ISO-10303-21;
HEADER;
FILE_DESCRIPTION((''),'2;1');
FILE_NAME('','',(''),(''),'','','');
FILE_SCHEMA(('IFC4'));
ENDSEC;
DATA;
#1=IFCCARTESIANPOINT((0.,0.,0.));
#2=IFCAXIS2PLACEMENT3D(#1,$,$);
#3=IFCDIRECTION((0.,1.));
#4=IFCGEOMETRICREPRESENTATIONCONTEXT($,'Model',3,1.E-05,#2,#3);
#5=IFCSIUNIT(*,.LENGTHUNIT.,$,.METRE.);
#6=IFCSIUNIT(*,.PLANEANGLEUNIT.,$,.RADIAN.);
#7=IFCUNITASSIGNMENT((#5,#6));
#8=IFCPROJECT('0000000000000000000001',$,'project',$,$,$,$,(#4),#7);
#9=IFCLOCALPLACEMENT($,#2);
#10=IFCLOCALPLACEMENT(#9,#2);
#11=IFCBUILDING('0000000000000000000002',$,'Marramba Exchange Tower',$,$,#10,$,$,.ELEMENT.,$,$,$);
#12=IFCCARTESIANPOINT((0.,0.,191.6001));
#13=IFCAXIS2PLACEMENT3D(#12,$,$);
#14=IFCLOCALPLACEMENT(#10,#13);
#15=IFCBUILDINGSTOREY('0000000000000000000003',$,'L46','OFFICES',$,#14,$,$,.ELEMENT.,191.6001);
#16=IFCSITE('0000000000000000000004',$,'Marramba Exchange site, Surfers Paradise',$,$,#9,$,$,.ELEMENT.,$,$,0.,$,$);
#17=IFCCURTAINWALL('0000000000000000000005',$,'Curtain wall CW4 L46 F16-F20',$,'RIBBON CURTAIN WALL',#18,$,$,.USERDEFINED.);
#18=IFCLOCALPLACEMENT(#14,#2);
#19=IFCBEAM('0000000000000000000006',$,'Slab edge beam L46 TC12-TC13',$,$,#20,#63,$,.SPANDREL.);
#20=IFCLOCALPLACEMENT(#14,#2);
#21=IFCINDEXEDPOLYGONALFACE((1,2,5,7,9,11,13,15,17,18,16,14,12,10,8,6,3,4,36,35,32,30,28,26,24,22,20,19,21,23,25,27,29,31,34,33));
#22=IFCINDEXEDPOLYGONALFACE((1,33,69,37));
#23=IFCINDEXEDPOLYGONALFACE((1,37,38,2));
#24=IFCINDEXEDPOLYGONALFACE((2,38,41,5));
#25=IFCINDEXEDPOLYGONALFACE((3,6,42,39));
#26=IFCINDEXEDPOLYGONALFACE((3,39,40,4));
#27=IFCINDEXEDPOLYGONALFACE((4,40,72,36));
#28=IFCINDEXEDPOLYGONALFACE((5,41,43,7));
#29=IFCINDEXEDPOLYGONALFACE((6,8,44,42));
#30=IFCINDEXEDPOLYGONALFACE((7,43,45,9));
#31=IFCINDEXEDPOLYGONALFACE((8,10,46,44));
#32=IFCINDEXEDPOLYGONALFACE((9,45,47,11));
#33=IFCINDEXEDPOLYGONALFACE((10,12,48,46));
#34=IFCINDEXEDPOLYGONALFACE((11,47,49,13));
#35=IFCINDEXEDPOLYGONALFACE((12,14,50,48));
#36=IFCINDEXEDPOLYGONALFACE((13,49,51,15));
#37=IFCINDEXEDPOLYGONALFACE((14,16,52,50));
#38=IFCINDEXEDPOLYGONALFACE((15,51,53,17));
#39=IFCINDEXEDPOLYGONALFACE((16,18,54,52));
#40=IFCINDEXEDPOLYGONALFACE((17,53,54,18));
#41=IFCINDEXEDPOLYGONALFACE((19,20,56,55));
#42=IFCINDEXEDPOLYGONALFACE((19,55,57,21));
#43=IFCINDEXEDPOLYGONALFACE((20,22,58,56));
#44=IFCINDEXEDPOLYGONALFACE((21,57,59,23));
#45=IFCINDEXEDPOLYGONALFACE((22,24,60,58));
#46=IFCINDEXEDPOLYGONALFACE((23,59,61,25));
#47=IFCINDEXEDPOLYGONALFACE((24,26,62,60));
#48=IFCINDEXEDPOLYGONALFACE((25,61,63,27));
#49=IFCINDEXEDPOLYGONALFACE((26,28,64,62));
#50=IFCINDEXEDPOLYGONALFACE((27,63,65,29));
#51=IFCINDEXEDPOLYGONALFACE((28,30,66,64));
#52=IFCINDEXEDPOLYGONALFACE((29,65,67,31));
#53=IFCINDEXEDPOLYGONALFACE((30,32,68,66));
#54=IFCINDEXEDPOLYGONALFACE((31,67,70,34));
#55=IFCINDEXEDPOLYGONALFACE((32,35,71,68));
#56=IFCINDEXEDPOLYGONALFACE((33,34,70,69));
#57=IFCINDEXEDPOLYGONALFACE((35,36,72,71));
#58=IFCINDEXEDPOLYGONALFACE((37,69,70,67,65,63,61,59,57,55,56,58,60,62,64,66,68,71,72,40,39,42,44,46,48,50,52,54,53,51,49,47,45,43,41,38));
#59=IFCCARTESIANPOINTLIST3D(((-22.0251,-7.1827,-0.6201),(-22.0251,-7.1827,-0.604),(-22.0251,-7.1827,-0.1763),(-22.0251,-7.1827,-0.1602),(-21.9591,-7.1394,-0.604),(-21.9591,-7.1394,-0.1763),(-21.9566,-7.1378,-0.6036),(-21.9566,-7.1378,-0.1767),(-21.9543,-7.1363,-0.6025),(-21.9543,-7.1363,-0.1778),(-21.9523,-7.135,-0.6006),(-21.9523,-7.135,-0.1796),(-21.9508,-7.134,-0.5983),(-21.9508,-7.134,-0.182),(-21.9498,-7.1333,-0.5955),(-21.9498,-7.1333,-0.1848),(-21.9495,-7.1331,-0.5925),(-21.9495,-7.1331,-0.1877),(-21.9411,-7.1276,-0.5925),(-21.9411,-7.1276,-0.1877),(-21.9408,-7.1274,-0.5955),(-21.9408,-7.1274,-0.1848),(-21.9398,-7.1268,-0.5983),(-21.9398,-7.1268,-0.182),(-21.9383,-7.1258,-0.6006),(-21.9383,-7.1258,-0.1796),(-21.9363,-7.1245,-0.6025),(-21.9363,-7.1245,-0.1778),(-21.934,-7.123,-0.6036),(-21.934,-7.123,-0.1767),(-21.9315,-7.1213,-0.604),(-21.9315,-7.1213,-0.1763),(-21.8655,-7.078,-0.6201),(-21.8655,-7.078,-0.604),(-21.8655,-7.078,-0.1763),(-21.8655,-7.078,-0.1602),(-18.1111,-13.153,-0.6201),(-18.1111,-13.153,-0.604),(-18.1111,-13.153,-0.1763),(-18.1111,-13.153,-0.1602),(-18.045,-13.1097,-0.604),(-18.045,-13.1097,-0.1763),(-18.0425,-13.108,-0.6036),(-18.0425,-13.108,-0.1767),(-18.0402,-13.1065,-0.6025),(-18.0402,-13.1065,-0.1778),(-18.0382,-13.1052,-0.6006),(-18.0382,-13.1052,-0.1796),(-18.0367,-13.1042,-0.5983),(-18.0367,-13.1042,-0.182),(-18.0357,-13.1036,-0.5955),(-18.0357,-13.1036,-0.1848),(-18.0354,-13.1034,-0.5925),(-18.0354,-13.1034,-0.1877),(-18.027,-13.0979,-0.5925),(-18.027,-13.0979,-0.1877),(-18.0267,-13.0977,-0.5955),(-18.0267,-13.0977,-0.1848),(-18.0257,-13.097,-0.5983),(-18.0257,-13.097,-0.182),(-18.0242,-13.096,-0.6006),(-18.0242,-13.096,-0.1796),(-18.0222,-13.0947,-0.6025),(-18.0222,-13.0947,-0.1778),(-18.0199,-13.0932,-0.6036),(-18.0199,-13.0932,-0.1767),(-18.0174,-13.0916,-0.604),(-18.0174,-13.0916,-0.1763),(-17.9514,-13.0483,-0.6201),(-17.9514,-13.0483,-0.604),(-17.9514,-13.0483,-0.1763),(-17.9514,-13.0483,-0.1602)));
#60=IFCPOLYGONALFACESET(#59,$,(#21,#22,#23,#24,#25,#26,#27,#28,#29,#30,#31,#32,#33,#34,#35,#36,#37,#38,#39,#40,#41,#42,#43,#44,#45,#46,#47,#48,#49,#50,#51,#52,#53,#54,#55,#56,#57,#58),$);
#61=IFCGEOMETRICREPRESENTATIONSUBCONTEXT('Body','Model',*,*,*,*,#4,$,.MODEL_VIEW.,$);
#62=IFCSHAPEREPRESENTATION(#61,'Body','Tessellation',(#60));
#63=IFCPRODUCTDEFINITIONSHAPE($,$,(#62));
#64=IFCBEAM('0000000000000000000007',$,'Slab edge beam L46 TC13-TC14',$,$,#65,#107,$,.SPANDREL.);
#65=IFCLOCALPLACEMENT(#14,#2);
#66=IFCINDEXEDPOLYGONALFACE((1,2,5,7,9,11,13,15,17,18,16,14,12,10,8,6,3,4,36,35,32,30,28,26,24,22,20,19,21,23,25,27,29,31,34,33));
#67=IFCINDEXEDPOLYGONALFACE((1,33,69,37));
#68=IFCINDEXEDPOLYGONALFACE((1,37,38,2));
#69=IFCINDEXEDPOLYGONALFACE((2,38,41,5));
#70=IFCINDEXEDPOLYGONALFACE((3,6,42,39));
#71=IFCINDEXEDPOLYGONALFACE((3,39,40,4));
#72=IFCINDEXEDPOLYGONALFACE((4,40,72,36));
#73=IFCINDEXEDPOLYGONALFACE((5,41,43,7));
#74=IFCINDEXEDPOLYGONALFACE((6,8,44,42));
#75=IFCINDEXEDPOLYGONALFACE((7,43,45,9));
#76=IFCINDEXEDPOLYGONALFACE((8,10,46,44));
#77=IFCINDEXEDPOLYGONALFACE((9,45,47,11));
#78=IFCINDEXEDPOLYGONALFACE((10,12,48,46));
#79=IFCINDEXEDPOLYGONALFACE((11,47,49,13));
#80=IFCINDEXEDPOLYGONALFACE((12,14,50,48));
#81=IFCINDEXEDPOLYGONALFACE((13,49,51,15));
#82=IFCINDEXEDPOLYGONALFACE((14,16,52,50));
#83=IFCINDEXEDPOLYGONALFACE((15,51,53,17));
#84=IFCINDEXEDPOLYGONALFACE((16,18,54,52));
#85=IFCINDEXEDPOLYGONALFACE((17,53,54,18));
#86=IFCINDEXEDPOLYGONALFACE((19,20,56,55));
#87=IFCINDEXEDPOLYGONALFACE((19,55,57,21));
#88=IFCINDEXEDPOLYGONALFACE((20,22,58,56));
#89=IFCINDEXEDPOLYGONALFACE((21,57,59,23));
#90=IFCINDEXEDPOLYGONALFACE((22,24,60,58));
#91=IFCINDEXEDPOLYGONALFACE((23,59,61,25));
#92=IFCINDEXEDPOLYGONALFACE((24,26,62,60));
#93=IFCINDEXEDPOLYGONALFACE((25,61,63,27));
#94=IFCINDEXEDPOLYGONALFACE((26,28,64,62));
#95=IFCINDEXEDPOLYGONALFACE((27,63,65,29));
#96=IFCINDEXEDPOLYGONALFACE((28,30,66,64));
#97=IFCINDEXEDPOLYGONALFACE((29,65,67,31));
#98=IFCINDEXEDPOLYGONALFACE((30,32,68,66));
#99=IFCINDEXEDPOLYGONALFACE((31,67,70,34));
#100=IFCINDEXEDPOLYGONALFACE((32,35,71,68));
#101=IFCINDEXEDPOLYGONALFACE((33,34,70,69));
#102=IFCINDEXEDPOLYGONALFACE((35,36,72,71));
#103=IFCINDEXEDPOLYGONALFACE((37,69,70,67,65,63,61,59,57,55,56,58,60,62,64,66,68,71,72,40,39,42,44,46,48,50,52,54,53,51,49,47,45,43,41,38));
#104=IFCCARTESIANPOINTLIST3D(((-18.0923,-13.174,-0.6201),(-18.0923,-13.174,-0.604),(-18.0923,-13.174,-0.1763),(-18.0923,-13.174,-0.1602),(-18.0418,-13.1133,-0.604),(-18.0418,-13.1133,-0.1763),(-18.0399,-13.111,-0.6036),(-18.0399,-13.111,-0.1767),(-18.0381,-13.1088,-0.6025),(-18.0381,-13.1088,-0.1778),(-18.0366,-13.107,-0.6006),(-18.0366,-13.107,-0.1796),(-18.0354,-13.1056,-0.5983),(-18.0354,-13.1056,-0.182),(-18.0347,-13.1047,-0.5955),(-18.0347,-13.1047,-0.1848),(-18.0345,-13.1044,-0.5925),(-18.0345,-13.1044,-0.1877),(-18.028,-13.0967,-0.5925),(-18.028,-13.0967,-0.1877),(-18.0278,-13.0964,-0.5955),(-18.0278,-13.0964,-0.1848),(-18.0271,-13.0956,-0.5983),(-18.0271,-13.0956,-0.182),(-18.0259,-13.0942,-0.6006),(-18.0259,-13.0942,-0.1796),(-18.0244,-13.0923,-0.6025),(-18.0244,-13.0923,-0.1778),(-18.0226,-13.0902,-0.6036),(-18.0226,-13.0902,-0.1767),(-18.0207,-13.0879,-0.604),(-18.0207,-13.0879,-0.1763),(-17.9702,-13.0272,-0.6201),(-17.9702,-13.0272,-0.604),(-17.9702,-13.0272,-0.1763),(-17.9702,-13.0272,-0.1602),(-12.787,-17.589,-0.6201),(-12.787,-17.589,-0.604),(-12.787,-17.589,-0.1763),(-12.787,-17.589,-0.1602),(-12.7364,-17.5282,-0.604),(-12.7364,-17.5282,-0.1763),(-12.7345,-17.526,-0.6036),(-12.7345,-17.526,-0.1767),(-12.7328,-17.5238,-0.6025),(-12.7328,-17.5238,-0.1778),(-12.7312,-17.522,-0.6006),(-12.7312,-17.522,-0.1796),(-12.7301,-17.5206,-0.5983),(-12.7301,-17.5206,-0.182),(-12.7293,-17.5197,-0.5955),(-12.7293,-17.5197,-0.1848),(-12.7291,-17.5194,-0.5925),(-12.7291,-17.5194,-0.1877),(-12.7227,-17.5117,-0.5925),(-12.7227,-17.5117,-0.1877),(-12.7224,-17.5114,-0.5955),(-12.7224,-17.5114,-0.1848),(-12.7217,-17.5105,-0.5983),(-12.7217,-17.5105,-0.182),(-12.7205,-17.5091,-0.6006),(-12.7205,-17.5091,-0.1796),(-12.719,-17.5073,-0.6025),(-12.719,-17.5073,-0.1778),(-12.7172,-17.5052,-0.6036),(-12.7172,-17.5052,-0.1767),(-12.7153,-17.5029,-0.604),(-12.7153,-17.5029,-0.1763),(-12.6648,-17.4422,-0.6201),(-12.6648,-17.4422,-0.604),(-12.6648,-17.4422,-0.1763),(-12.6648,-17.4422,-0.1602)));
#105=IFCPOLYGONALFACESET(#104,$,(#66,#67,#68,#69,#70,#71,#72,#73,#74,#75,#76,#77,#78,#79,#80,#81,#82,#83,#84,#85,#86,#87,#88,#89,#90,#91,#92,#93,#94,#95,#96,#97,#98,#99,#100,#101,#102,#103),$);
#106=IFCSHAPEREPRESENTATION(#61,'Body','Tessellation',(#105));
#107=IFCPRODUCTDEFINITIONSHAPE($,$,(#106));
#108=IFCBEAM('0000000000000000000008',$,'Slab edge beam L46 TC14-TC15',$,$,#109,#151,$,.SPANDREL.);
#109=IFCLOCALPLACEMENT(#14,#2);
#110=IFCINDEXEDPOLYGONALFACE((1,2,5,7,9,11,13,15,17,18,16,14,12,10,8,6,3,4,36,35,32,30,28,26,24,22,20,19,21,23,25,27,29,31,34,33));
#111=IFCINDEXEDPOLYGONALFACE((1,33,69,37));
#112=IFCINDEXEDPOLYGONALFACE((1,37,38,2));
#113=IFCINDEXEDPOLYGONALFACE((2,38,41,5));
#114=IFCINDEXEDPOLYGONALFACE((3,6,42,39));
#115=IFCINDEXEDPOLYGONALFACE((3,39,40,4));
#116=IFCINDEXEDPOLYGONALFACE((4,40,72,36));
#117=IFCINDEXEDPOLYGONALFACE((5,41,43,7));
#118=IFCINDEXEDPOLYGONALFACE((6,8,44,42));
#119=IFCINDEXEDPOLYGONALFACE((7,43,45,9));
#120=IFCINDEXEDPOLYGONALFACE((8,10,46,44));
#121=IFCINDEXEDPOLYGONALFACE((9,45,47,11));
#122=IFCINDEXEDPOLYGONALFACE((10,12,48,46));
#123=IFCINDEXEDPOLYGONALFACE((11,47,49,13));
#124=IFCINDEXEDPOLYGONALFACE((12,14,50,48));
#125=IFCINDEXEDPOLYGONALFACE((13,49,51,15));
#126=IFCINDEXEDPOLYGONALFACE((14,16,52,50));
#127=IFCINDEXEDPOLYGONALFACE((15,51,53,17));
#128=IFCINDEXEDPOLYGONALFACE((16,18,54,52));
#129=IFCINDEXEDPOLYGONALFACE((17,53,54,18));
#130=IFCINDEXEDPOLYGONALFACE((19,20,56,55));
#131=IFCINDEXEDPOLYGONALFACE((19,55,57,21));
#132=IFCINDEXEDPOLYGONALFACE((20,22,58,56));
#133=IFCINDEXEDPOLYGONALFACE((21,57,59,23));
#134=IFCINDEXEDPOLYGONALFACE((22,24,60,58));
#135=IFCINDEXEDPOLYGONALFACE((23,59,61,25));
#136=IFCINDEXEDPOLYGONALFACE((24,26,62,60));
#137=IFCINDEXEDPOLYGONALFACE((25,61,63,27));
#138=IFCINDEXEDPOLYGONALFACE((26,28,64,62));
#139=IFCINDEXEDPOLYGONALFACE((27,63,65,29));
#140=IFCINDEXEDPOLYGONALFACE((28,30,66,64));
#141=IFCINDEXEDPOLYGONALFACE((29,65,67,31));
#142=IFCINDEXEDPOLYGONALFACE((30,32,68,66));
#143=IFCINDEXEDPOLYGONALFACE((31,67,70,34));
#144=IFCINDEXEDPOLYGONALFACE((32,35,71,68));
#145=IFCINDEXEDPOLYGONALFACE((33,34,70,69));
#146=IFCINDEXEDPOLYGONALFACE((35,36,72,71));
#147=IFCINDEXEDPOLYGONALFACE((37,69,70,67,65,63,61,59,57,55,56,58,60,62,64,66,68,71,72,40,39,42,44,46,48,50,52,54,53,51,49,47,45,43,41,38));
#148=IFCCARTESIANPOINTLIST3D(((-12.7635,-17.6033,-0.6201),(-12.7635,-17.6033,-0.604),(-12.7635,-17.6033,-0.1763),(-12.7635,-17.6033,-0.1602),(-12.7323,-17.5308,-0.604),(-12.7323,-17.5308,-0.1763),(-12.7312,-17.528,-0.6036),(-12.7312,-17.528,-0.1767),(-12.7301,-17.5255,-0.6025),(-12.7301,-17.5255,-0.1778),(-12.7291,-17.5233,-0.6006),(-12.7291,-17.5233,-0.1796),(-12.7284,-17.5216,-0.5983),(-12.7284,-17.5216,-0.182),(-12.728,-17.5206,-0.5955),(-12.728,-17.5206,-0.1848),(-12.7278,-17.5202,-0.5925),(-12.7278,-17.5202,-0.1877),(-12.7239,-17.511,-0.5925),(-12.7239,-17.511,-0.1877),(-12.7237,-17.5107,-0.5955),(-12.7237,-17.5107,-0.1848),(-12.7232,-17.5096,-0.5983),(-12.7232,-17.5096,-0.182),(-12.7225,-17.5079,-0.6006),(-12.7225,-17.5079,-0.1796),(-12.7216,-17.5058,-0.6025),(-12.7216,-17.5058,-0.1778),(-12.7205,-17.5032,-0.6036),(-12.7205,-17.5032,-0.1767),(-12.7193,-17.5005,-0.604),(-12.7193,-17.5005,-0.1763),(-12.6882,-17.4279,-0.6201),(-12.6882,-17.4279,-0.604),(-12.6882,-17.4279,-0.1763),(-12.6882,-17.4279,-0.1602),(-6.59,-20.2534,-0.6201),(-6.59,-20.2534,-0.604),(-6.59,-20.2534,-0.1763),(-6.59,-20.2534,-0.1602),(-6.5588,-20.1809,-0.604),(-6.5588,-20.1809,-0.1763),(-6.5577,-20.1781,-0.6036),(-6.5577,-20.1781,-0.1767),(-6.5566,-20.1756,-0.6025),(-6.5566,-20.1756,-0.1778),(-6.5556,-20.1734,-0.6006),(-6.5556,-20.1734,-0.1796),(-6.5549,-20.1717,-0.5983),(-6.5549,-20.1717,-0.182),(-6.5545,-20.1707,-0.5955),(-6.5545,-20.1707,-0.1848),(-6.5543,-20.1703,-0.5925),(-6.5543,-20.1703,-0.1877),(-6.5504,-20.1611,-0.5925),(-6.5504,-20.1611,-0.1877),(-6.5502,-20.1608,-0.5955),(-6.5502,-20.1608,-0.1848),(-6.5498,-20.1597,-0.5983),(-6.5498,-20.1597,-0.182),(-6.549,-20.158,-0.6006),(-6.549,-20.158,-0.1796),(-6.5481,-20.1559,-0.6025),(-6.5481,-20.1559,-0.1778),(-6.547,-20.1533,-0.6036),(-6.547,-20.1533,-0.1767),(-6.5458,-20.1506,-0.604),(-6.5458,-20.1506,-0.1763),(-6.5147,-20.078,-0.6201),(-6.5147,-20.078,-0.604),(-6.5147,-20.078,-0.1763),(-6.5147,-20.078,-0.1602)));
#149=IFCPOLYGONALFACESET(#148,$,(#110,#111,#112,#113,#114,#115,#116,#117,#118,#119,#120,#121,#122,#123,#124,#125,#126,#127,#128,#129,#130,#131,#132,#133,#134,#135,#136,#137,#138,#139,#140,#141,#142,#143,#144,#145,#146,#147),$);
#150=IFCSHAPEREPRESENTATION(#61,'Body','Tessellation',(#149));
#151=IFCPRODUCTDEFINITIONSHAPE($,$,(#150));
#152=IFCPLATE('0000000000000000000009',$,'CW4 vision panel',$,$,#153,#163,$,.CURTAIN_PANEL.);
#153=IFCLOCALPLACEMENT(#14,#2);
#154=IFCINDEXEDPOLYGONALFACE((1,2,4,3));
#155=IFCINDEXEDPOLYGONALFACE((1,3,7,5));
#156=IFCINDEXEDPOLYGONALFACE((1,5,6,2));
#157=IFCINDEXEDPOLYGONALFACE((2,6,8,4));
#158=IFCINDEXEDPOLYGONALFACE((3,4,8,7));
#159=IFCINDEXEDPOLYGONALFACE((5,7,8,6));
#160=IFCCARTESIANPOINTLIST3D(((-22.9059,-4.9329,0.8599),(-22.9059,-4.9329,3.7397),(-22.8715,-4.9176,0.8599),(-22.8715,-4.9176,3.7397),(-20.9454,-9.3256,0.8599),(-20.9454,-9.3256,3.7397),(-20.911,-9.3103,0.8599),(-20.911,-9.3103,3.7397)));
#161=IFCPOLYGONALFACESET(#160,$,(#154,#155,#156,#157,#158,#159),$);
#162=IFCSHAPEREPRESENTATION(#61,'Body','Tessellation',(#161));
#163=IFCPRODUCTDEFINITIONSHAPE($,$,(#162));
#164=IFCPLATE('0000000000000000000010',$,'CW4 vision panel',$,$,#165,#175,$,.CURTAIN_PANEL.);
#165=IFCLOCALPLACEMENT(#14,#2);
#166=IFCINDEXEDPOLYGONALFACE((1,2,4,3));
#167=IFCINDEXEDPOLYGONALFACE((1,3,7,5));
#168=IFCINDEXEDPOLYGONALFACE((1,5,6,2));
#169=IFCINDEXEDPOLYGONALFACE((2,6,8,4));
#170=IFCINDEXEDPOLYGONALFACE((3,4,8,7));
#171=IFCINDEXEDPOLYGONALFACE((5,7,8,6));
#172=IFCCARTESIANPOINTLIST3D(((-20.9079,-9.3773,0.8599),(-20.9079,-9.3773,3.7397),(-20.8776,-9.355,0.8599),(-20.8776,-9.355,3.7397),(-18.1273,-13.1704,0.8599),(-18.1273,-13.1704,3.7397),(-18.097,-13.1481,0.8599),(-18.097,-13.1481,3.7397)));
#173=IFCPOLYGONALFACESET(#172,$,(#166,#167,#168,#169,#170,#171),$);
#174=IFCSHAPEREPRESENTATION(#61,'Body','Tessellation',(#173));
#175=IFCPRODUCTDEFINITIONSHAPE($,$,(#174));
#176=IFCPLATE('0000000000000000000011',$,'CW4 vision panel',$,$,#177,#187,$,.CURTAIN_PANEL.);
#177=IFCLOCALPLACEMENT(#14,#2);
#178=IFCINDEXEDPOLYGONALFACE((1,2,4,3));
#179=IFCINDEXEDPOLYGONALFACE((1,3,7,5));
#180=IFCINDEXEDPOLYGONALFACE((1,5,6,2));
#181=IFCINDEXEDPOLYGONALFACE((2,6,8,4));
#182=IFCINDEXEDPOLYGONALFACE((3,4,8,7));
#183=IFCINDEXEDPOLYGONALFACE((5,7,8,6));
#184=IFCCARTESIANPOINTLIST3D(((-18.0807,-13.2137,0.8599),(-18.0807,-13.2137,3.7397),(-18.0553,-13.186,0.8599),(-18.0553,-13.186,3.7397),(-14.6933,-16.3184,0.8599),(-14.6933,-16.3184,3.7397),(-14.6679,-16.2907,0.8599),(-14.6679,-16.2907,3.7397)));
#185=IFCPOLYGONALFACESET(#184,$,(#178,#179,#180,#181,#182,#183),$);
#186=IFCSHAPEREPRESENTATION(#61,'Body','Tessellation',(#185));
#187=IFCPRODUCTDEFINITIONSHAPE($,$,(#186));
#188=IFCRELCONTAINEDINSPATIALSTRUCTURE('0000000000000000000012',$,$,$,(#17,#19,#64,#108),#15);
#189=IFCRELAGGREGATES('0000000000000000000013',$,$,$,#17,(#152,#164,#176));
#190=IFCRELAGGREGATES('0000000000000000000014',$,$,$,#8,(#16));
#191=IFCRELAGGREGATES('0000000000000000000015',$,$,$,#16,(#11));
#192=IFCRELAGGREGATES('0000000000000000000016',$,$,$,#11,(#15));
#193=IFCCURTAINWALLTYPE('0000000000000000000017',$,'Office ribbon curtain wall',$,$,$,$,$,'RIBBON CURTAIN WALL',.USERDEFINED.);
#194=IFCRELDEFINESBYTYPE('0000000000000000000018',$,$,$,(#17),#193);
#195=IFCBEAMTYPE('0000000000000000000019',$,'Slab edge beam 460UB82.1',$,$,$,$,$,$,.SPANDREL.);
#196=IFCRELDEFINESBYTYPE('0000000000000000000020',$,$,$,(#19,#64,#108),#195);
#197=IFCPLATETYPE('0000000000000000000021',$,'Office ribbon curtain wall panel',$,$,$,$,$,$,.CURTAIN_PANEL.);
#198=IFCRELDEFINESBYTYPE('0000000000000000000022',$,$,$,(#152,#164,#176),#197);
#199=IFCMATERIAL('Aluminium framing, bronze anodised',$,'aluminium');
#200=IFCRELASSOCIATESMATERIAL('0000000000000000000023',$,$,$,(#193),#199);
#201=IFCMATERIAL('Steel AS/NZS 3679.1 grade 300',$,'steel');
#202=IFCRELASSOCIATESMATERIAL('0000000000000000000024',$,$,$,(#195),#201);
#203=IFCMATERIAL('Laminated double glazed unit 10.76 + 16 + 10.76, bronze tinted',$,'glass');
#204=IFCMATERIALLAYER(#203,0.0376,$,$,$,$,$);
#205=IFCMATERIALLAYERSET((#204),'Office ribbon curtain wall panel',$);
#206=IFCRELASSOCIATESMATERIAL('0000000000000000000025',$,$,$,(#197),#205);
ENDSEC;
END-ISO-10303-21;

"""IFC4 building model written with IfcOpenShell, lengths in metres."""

from ifc_helpers import new_model, si_unit, direction, frame, origin, origin_2d, place, context, subcontext, project, spatial, rectangle, i_section, extrude, material, layer, layer_set, material_profile, profile_set, type_object, element, aggregate, save


model = new_model("IFC4")

# Units and contexts
model_context = context("Model", 3, precision=1e-05, world=origin(), true_north=direction((0.0, 1.0)))
body_context = subcontext(model_context, "Body", "Model", "MODEL_VIEW")
ifc_project = project(units=[si_unit("LENGTHUNIT", "METRE"), si_unit("PLANEANGLEUNIT", "RADIAN")], contexts=[model_context])

# Site, building, storey
site_placement = place(None, origin())
site = spatial("IfcSite", under=ifc_project, at=site_placement, Name="Marramba Exchange site, Surfers Paradise", CompositionType="ELEMENT", RefElevation=0.0)
building_placement = place(site_placement, origin())
building = spatial("IfcBuilding", under=site, at=building_placement, Name="Marramba Exchange Tower", CompositionType="ELEMENT")
storey_placement = place(building_placement, frame((0.0, 0.0, 191.6001)))
storey = spatial("IfcBuildingStorey", under=building, at=storey_placement, Name="L46", Description="OFFICES", CompositionType="ELEMENT", Elevation=191.6001)

# Curtain wall
ifc_material_1 = material(Name="Aluminium framing, bronze anodised", Category="aluminium")
curtain_wall_type = type_object("IfcCurtainWallType", Name="Office ribbon curtain wall", ElementType="RIBBON CURTAIN WALL", PredefinedType="USERDEFINED", material=ifc_material_1)
curtain_wall_placement = place(storey_placement, origin())
curtain_wall = element("IfcCurtainWall", 1, at=curtain_wall_placement, inside=storey, type_object=curtain_wall_type, Name="Curtain wall CW4 L46 F16-F20", ObjectType="RIBBON CURTAIN WALL", PredefinedType="USERDEFINED")

# Beams
ifc_material_2 = material(Name="Steel AS/NZS 3679.1 grade 300", Category="steel")
ifc_material_profile_1 = material_profile(ifc_material_2, i_section(OverallWidth=0.1909, OverallDepth=0.46, WebThickness=0.01, FlangeThickness=0.0161, FilletRadius=0.0115, at=origin_2d()), Name="460UB82.1")
ifc_profile_set_1 = profile_set([ifc_material_profile_1], Name="Steel AS/NZS 3679.1 grade 300")
beam_type_1 = type_object("IfcBeamType", Name="Slab edge beam 460UB82.1", PredefinedType="SPANDREL", material=ifc_profile_set_1)
beam_1_placement = place(storey_placement, frame((-21.9453, -7.1304, -0.3901), z_axis=(0.548275, -0.836298, 0.0), x_axis=(0.836298, 0.548275, 0.0)))
element("IfcBeam", 2, at=beam_1_placement, inside=storey, type_object=beam_type_1, Name="Slab edge beam L46 TC12-TC13", PredefinedType="SPANDREL", context=body_context, shape_type="SweptSolid", body=[
    extrude(i_section(OverallWidth=0.1909, OverallDepth=0.46, WebThickness=0.01, FlangeThickness=0.0161, FilletRadius=0.0115, at=origin_2d()), origin(), (0.0, 0.0, 1.0), 7.1389),
])
beam_2_placement = place(storey_placement, frame((-18.0312, -13.1006, -0.3901), z_axis=(0.768659, -0.639659, 0.0), x_axis=(0.639659, 0.768659, 0.0)))
element("IfcBeam", 3, at=beam_2_placement, inside=storey, type_object=beam_type_1, Name="Slab edge beam L46 TC13-TC14", PredefinedType="SPANDREL", context=body_context, shape_type="SweptSolid", body=[
    extrude(i_section(OverallWidth=0.1909, OverallDepth=0.46, WebThickness=0.01, FlangeThickness=0.0161, FilletRadius=0.0115, at=origin_2d()), origin(), (0.0, 0.0, 1.0), 6.9021),
])
beam_3_placement = place(storey_placement, frame((-12.7258, -17.5156, -0.3901), z_axis=(0.918912, -0.394463, 0.0), x_axis=(0.394463, 0.918912, 0.0)))
element("IfcBeam", 4, at=beam_3_placement, inside=storey, type_object=beam_type_1, Name="Slab edge beam L46 TC14-TC15", PredefinedType="SPANDREL", context=body_context, shape_type="SweptSolid", body=[
    extrude(i_section(OverallWidth=0.1909, OverallDepth=0.46, WebThickness=0.01, FlangeThickness=0.0161, FilletRadius=0.0115, at=origin_2d()), origin(), (0.0, 0.0, 1.0), 6.7183),
])

# Plates
ifc_material_3 = material(Name="Laminated double glazed unit 10.76 + 16 + 10.76, bronze tinted", Category="glass")
ifc_layer_1 = layer(ifc_material_3, 0.0376)
ifc_layer_set_1 = layer_set([ifc_layer_1], Name="Office ribbon curtain wall panel")
plate_type = type_object("IfcPlateType", Name="Office ribbon curtain wall panel", PredefinedType="CURTAIN_PANEL", material=ifc_layer_set_1)
plate_1_placement = place(storey_placement, frame((-21.9084, -7.1216, 0.8599), z_axis=(0.0, 0.0, 1.0), x_axis=(0.407558, -0.91318, 0.0)))
plate_1 = element("IfcPlate", 5, at=plate_1_placement, type_object=plate_type, Name="CW4 vision panel", PredefinedType="CURTAIN_PANEL", context=body_context, shape_type="SweptSolid", body=[
    extrude(rectangle(XDim=4.8103, YDim=0.0376, at=origin_2d()), origin(), (0.0, 0.0, 1.0), 2.8799),
])
plate_2_placement = place(storey_placement, frame((-19.5024, -11.2627, 0.8599), z_axis=(0.0, 0.0, 1.0), x_axis=(0.591223, -0.806508, 0.0)))
plate_2 = element("IfcPlate", 6, at=plate_2_placement, type_object=plate_type, Name="CW4 vision panel", PredefinedType="CURTAIN_PANEL", context=body_context, shape_type="SweptSolid", body=[
    extrude(rectangle(XDim=4.7031, YDim=0.0376, at=origin_2d()), origin(), (0.0, 0.0, 1.0), 2.8799),
])
plate_3_placement = place(storey_placement, frame((-16.3743, -14.7522, 0.8599), z_axis=(0.0, 0.0, 1.0), x_axis=(0.737203, -0.675671, 0.0)))
plate_3 = element("IfcPlate", 7, at=plate_3_placement, type_object=plate_type, Name="CW4 vision panel", PredefinedType="CURTAIN_PANEL", context=body_context, shape_type="SweptSolid", body=[
    extrude(rectangle(XDim=4.595, YDim=0.0376, at=origin_2d()), origin(), (0.0, 0.0, 1.0), 2.8799),
])
aggregate(curtain_wall, [plate_1, plate_2, plate_3])

save(model, "model.ifc")
